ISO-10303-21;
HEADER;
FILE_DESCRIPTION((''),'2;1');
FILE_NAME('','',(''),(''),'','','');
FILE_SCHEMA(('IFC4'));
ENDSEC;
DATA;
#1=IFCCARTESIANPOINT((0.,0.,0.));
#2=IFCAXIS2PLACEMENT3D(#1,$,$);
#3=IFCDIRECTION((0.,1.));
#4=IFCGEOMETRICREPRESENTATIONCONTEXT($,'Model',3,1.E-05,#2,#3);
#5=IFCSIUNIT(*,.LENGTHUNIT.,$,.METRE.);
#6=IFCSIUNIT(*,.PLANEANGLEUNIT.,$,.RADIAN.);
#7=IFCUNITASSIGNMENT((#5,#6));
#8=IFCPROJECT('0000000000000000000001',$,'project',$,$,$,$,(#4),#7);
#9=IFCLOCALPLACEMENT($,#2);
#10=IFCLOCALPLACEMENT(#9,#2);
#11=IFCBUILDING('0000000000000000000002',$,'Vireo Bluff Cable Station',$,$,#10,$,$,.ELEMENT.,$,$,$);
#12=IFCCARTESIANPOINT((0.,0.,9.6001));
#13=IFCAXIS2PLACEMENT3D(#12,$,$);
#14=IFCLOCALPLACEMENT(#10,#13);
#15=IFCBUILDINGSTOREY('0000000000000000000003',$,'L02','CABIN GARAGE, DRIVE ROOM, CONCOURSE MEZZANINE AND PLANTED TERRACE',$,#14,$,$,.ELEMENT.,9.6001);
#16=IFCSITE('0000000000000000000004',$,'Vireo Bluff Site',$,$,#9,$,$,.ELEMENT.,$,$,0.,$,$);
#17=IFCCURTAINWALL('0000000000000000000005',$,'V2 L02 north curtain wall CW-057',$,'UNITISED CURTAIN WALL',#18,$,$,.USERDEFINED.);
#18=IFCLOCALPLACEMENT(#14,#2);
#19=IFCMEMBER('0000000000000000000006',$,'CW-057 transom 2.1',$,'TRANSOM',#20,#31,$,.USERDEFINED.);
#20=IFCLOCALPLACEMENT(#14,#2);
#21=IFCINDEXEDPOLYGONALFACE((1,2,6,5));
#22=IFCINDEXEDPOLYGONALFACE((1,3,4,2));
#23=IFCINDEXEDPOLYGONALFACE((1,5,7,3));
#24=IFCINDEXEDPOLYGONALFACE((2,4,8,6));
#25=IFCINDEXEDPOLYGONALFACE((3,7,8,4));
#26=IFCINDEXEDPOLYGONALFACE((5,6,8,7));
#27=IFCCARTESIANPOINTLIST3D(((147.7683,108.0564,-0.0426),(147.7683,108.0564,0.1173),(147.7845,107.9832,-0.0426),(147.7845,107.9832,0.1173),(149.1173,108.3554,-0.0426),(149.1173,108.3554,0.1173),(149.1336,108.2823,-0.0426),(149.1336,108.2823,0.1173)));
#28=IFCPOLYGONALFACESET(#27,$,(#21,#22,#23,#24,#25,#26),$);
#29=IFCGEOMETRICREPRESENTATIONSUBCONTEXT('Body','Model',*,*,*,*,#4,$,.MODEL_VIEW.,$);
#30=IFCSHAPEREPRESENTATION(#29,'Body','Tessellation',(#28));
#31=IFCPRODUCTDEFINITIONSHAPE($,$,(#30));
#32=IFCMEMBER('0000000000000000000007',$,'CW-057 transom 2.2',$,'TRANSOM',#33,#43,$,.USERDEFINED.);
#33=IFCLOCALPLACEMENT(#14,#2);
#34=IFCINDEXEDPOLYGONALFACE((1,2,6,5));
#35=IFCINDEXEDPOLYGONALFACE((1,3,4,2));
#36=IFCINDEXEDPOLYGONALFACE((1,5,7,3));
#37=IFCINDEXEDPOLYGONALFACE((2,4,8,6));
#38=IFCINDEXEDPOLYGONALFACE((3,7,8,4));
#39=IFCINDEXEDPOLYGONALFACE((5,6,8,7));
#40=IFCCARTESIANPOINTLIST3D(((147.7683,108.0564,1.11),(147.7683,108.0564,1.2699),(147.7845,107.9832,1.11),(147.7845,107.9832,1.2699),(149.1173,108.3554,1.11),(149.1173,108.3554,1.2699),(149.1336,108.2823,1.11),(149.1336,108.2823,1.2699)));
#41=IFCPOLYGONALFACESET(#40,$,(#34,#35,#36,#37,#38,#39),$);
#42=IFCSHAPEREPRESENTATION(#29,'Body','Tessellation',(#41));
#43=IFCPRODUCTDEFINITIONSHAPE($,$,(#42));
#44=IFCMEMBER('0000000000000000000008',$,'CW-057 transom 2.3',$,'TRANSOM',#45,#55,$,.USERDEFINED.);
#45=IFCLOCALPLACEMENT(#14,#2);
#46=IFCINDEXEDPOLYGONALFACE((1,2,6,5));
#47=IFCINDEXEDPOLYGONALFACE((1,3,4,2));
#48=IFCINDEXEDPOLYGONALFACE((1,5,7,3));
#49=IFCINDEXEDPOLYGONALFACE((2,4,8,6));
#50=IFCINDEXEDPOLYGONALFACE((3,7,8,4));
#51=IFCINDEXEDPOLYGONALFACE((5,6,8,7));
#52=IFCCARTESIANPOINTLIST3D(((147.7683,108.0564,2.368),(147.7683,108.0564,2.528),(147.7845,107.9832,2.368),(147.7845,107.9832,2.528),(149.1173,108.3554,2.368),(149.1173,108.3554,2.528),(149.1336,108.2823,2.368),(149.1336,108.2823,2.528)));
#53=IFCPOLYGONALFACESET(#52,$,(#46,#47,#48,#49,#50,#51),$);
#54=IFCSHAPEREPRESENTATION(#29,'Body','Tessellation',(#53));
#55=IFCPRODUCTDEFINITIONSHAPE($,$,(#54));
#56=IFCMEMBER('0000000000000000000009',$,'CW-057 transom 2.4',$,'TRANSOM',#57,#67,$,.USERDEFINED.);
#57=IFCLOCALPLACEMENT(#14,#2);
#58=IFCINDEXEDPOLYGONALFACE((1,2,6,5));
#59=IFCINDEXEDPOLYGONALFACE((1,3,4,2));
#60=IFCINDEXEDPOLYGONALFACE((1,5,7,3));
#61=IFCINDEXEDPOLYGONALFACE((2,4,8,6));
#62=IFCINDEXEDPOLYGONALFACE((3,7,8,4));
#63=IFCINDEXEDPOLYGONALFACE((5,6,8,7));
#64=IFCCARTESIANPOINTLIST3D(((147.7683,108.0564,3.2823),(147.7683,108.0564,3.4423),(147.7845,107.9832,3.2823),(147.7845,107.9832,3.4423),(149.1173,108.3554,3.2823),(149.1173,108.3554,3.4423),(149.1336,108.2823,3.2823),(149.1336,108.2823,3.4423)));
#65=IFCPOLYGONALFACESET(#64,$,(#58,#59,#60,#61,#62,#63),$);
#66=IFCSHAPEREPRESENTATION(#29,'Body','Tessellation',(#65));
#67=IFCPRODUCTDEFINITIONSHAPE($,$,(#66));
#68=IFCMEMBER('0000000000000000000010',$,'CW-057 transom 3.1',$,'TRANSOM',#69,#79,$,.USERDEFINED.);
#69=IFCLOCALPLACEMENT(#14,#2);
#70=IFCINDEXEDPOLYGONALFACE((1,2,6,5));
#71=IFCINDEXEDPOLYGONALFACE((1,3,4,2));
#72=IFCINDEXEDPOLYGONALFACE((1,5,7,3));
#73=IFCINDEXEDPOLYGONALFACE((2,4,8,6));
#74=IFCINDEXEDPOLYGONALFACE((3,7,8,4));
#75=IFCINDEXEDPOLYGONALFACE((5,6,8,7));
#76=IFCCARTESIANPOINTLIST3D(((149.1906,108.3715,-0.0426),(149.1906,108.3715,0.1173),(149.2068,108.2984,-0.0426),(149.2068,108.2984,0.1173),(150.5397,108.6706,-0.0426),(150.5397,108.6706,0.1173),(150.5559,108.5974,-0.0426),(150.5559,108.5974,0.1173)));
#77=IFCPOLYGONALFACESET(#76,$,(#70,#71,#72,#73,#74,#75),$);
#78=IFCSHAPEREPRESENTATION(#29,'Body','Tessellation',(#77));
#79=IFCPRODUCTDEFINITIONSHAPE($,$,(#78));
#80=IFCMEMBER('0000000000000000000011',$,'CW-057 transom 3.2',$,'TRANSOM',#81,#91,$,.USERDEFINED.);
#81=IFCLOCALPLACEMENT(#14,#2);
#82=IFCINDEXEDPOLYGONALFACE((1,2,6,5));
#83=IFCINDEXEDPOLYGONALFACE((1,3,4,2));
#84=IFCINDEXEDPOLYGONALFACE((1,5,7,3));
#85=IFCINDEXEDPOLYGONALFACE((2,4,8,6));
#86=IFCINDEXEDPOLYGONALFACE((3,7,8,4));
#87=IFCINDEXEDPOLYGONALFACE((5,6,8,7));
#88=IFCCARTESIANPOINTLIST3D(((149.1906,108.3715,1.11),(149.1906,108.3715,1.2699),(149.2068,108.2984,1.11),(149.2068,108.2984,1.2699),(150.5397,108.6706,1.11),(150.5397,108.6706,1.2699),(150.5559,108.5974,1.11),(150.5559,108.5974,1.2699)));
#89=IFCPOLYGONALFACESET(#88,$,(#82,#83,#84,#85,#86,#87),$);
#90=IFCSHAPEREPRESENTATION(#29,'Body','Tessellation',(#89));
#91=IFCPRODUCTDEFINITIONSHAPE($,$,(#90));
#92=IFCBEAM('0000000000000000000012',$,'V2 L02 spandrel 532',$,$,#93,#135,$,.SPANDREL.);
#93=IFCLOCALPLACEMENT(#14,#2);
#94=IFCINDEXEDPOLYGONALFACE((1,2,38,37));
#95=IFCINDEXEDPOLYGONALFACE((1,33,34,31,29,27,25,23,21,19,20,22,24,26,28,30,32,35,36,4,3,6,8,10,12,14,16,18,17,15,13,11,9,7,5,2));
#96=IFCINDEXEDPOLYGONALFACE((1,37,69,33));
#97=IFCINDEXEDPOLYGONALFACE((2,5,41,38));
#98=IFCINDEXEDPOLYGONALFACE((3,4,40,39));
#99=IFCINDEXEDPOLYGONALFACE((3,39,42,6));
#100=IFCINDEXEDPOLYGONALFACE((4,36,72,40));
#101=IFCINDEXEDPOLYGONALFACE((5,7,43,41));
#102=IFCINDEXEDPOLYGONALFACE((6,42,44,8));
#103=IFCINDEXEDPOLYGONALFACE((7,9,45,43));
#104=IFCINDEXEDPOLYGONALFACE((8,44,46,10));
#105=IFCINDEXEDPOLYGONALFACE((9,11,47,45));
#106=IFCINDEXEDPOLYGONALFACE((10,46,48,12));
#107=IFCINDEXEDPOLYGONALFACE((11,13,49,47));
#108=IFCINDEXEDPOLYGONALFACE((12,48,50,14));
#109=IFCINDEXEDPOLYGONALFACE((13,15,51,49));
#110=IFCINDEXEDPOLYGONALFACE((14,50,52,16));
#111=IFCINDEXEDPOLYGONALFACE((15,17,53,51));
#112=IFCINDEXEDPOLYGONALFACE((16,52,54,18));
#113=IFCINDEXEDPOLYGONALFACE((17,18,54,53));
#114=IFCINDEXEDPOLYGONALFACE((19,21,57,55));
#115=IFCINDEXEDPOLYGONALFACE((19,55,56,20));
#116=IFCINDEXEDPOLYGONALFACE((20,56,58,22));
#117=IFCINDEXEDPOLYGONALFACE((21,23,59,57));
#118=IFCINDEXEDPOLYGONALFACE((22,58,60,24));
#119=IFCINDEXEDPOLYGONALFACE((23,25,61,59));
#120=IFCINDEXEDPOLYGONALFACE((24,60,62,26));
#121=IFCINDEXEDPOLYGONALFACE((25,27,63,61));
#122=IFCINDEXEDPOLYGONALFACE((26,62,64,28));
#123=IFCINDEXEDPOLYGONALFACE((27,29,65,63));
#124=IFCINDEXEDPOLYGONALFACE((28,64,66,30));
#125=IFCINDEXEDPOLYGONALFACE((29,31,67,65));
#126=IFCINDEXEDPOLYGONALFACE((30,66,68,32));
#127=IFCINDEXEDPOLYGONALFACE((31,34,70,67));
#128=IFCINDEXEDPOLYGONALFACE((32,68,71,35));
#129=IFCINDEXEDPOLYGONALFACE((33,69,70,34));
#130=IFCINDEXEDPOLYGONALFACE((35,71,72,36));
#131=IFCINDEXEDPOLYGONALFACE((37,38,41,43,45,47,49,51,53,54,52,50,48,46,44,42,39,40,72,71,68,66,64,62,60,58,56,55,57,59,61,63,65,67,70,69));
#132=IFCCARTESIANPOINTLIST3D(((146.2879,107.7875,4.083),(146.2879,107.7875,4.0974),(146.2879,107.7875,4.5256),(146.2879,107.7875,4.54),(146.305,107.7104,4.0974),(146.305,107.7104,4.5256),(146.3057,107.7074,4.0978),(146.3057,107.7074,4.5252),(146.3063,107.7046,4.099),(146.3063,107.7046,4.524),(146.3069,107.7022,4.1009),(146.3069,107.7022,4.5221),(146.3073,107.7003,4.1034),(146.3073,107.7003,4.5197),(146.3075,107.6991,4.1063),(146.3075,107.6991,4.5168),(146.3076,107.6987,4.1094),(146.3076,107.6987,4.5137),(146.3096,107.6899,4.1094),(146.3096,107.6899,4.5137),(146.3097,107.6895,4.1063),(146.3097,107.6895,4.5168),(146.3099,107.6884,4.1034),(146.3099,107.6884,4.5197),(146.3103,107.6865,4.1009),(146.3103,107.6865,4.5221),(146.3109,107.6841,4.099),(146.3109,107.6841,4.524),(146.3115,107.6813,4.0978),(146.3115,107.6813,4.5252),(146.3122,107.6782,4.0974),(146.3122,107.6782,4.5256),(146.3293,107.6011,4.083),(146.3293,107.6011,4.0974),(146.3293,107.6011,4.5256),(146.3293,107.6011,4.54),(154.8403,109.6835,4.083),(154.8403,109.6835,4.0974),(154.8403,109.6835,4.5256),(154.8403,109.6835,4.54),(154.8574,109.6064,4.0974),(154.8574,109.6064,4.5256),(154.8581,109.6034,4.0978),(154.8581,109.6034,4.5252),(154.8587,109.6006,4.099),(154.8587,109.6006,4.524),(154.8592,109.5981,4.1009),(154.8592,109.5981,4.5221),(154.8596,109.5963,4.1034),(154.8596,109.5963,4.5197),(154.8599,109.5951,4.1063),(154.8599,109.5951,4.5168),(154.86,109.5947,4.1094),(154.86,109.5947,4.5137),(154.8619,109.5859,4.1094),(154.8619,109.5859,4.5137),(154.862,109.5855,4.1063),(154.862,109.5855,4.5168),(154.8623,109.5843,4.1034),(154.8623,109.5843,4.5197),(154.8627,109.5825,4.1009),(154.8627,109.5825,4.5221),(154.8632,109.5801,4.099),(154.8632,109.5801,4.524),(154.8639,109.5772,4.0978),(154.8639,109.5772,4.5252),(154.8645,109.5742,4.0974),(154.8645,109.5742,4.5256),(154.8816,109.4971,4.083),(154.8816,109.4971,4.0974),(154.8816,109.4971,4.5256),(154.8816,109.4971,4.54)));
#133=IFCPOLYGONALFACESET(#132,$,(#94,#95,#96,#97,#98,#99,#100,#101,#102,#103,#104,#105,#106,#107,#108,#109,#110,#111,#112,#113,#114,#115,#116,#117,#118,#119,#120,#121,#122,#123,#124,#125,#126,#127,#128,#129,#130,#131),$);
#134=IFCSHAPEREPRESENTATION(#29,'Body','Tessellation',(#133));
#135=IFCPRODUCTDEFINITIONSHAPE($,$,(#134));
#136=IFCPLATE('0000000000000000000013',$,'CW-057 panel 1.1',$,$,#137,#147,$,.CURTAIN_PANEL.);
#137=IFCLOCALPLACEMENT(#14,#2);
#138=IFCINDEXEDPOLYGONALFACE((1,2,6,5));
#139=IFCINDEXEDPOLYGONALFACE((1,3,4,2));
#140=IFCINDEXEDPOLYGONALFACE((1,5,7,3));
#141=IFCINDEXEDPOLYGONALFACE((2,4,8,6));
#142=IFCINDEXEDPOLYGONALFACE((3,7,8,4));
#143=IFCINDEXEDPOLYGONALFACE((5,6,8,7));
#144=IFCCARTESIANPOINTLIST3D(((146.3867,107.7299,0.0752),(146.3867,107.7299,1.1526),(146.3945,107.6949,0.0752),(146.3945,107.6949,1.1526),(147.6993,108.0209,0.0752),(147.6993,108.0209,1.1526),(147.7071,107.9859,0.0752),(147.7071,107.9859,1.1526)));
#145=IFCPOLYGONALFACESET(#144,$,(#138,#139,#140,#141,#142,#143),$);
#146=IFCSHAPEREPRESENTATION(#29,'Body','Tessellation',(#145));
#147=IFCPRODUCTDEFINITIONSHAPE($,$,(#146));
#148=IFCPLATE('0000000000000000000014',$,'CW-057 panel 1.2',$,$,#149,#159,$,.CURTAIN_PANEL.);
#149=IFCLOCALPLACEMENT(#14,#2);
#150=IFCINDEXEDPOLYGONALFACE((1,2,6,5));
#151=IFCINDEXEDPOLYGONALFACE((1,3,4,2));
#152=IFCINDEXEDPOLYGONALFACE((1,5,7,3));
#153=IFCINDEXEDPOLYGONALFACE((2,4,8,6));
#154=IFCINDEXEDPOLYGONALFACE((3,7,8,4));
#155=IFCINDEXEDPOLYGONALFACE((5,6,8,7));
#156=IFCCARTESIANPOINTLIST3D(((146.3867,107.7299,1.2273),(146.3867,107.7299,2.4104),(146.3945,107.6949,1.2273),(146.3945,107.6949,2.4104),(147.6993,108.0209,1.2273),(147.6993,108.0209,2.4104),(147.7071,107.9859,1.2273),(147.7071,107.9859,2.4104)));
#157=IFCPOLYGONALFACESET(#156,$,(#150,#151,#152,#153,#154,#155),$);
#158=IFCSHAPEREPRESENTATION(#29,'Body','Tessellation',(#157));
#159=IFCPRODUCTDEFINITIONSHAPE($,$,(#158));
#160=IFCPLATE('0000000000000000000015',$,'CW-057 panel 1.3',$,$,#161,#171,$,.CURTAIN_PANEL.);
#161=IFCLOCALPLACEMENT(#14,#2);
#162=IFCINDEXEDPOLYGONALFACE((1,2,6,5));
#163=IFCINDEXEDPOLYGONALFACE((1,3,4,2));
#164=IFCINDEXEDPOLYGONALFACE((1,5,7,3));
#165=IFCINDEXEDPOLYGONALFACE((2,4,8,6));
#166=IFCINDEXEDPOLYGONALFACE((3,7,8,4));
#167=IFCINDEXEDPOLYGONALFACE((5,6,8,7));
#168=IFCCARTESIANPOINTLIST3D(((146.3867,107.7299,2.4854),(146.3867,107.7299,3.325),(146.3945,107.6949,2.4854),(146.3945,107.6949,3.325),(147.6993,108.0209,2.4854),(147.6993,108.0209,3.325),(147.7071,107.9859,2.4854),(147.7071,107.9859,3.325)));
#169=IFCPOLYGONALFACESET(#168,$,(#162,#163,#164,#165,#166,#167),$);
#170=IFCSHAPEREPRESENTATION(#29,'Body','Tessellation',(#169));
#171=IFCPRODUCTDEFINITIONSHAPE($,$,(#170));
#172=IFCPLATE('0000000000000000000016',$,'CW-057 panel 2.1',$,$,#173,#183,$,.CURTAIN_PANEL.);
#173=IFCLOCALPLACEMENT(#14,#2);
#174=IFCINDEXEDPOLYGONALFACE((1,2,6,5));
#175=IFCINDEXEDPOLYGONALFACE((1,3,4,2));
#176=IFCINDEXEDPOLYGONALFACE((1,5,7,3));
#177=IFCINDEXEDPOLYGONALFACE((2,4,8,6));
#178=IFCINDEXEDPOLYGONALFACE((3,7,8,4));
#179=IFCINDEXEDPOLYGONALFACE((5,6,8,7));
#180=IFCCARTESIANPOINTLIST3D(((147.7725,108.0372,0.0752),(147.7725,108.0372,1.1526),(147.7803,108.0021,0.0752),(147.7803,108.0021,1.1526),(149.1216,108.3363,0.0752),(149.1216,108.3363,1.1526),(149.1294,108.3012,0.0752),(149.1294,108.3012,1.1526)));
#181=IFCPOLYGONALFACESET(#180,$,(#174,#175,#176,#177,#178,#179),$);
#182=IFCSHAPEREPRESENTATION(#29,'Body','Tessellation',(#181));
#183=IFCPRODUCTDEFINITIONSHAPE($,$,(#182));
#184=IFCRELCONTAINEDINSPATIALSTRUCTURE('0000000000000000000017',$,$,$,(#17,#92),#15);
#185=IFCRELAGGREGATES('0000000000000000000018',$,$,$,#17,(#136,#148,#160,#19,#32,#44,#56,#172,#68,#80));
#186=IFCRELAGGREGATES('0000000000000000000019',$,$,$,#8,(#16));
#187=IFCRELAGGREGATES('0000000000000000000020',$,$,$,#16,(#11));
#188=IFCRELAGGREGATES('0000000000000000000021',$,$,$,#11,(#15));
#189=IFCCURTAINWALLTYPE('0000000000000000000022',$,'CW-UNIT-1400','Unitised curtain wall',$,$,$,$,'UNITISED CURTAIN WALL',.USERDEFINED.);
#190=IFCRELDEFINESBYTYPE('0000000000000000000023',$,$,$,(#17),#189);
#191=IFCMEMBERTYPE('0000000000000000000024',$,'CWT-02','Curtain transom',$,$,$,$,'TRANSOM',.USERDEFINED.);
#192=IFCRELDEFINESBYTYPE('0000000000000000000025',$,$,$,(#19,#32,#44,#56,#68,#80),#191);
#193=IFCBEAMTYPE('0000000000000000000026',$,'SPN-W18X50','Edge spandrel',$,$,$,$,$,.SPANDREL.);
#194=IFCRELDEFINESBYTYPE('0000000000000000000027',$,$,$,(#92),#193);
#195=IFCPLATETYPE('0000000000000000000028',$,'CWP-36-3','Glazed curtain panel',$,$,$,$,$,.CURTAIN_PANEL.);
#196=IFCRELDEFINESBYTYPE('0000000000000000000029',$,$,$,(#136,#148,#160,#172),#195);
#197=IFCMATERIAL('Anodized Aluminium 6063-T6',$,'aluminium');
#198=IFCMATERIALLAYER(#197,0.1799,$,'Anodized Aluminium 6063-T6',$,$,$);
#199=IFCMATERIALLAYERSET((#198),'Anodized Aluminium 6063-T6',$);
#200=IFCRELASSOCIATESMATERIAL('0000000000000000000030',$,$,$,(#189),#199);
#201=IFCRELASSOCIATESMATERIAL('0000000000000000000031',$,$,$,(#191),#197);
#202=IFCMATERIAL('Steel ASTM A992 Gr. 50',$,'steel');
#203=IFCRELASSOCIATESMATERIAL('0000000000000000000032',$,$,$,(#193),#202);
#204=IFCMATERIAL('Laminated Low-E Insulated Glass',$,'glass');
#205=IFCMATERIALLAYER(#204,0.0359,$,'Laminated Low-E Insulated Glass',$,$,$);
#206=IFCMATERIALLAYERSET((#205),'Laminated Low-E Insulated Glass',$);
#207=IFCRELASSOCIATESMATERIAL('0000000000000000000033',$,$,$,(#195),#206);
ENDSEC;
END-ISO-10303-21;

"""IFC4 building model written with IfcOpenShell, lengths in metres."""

from ifc_helpers import new_model, si_unit, direction, frame, origin, origin_2d, place, context, subcontext, project, spatial, rectangle, i_section, extrude, material, layer, layer_set, material_profile, profile_set, type_object, element, aggregate, save


model = new_model("IFC4")

# Units and contexts
model_context = context("Model", 3, precision=1e-05, world=origin(), true_north=direction((0.0, 1.0)))
body_context = subcontext(model_context, "Body", "Model", "MODEL_VIEW")
ifc_project = project(units=[si_unit("LENGTHUNIT", "METRE"), si_unit("PLANEANGLEUNIT", "RADIAN")], contexts=[model_context])

# Site, building, storey
site_placement = place(None, origin())
site = spatial("IfcSite", under=ifc_project, at=site_placement, Name="Vireo Bluff Site", CompositionType="ELEMENT", RefElevation=0.0)
building_placement = place(site_placement, origin())
building = spatial("IfcBuilding", under=site, at=building_placement, Name="Vireo Bluff Cable Station", CompositionType="ELEMENT")
storey_placement = place(building_placement, frame((0.0, 0.0, 9.6001)))
storey = spatial("IfcBuildingStorey", under=building, at=storey_placement, Name="L02", Description="CABIN GARAGE, DRIVE ROOM, CONCOURSE MEZZANINE AND PLANTED TERRACE", CompositionType="ELEMENT", Elevation=9.6001)

# Shared definitions
ifc_material_1 = material(Name="Steel ASTM A992 Gr. 50", Category="steel")

# Curtain wall, members
ifc_material_2 = material(Name="Anodized Aluminium 6063-T6", Category="aluminium")
ifc_layer_1 = layer(ifc_material_2, 0.1799, Name="Anodized Aluminium 6063-T6")
ifc_layer_set_1 = layer_set([ifc_layer_1], Name="Anodized Aluminium 6063-T6")
curtain_wall_type = type_object("IfcCurtainWallType", Name="CW-UNIT-1400", Description="Unitised curtain wall", ElementType="UNITISED CURTAIN WALL", PredefinedType="USERDEFINED", material=ifc_layer_set_1)
curtain_wall_placement = place(storey_placement, origin())
curtain_wall = element("IfcCurtainWall", 1, at=curtain_wall_placement, inside=storey, type_object=curtain_wall_type, Name="V2 L02 north curtain wall CW-057", ObjectType="UNITISED CURTAIN WALL", PredefinedType="USERDEFINED")
ifc_material_profile_1 = material_profile(ifc_material_2, rectangle(XDim=0.075, YDim=0.1599, at=origin_2d()), Name="ALU-T-75X160")
ifc_profile_set_1 = profile_set([ifc_material_profile_1], Name="Anodized Aluminium 6063-T6")
member_type_1 = type_object("IfcMemberType", Name="CWT-02", Description="Curtain transom", ElementType="TRANSOM", PredefinedType="USERDEFINED", material=ifc_profile_set_1)
member_1_placement = place(storey_placement, frame((147.7764, 108.0198, 0.0374), z_axis=(0.976299, 0.216425, 0.0), x_axis=(-0.216425, 0.976299, 0.0)))
member_1 = element("IfcMember", 2, at=member_1_placement, type_object=member_type_1, Name="CW-057 transom 2.1", ObjectType="TRANSOM", PredefinedType="USERDEFINED", context=body_context, shape_type="SweptSolid", body=[
    extrude(rectangle(XDim=0.075, YDim=0.1599, at=origin_2d()), origin(), (0.0, 0.0, 1.0), 1.3818),
])
member_2_placement = place(storey_placement, frame((147.7764, 108.0198, 1.1899), z_axis=(0.976299, 0.216425, 0.0), x_axis=(-0.216425, 0.976299, 0.0)))
member_2 = element("IfcMember", 3, at=member_2_placement, type_object=member_type_1, Name="CW-057 transom 2.2", ObjectType="TRANSOM", PredefinedType="USERDEFINED", context=body_context, shape_type="SweptSolid", body=[
    extrude(rectangle(XDim=0.075, YDim=0.1599, at=origin_2d()), origin(), (0.0, 0.0, 1.0), 1.3818),
])
member_3_placement = place(storey_placement, frame((147.7764, 108.0198, 2.448), z_axis=(0.976299, 0.216425, 0.0), x_axis=(-0.216425, 0.976299, 0.0)))
member_3 = element("IfcMember", 4, at=member_3_placement, type_object=member_type_1, Name="CW-057 transom 2.3", ObjectType="TRANSOM", PredefinedType="USERDEFINED", context=body_context, shape_type="SweptSolid", body=[
    extrude(rectangle(XDim=0.075, YDim=0.1599, at=origin_2d()), origin(), (0.0, 0.0, 1.0), 1.3818),
])
member_4_placement = place(storey_placement, frame((147.7764, 108.0198, 3.3623), z_axis=(0.976299, 0.216425, 0.0), x_axis=(-0.216425, 0.976299, 0.0)))
member_4 = element("IfcMember", 5, at=member_4_placement, type_object=member_type_1, Name="CW-057 transom 2.4", ObjectType="TRANSOM", PredefinedType="USERDEFINED", context=body_context, shape_type="SweptSolid", body=[
    extrude(rectangle(XDim=0.075, YDim=0.1599, at=origin_2d()), origin(), (0.0, 0.0, 1.0), 1.3818),
])
member_5_placement = place(storey_placement, frame((149.1987, 108.335, 0.0374), z_axis=(0.976299, 0.216425, 0.0), x_axis=(-0.216425, 0.976299, 0.0)))
member_5 = element("IfcMember", 6, at=member_5_placement, type_object=member_type_1, Name="CW-057 transom 3.1", ObjectType="TRANSOM", PredefinedType="USERDEFINED", context=body_context, shape_type="SweptSolid", body=[
    extrude(rectangle(XDim=0.075, YDim=0.1599, at=origin_2d()), origin(), (0.0, 0.0, 1.0), 1.3818),
])
member_6_placement = place(storey_placement, frame((149.1987, 108.335, 1.1899), z_axis=(0.976299, 0.216425, 0.0), x_axis=(-0.216425, 0.976299, 0.0)))
member_6 = element("IfcMember", 7, at=member_6_placement, type_object=member_type_1, Name="CW-057 transom 3.2", ObjectType="TRANSOM", PredefinedType="USERDEFINED", context=body_context, shape_type="SweptSolid", body=[
    extrude(rectangle(XDim=0.075, YDim=0.1599, at=origin_2d()), origin(), (0.0, 0.0, 1.0), 1.3818),
])

# Beam
ifc_material_profile_2 = material_profile(ifc_material_1, i_section(OverallWidth=0.1909, OverallDepth=0.457, WebThickness=0.009, FlangeThickness=0.0144, FilletRadius=0.012, at=origin_2d()), Name="W18X50")
ifc_profile_set_2 = profile_set([ifc_material_profile_2], Name="Steel ASTM A992 Gr. 50")
beam_type = type_object("IfcBeamType", Name="SPN-W18X50", Description="Edge spandrel", PredefinedType="SPANDREL", material=ifc_profile_set_2)
beam_placement = place(storey_placement, frame((146.3086, 107.6943, 4.3115), z_axis=(0.976297, 0.216435, 0.0), x_axis=(-0.216435, 0.976297, 0.0)))
element("IfcBeam", 8, at=beam_placement, inside=storey, type_object=beam_type, Name="V2 L02 spandrel 532", PredefinedType="SPANDREL", context=body_context, shape_type="SweptSolid", body=[
    extrude(i_section(OverallWidth=0.1909, OverallDepth=0.457, WebThickness=0.009, FlangeThickness=0.0144, FilletRadius=0.012, at=origin_2d()), origin(), (0.0, 0.0, 1.0), 8.76),
])

# Plates
ifc_material_3 = material(Name="Laminated Low-E Insulated Glass", Category="glass")
ifc_layer_2 = layer(ifc_material_3, 0.0359, Name="Laminated Low-E Insulated Glass")
ifc_layer_set_2 = layer_set([ifc_layer_2], Name="Laminated Low-E Insulated Glass")
plate_type_1 = type_object("IfcPlateType", Name="CWP-36-3", Description="Glazed curtain panel", PredefinedType="CURTAIN_PANEL", material=ifc_layer_set_2)
plate_1_placement = place(storey_placement, frame((147.0469, 107.8579, 0.0752), z_axis=(0.0, 0.0, 1.0), x_axis=(0.976296, 0.21644, 0.0)))
plate_1 = element("IfcPlate", 9, at=plate_1_placement, type_object=plate_type_1, Name="CW-057 panel 1.1", PredefinedType="CURTAIN_PANEL", context=body_context, shape_type="SweptSolid", body=[
    extrude(rectangle(XDim=1.3445, YDim=0.0359, at=origin_2d()), origin(), (0.0, 0.0, 1.0), 1.0774),
])
plate_2_placement = place(storey_placement, frame((147.0469, 107.8579, 1.2273), z_axis=(0.0, 0.0, 1.0), x_axis=(0.976296, 0.21644, 0.0)))
plate_2 = element("IfcPlate", 10, at=plate_2_placement, type_object=plate_type_1, Name="CW-057 panel 1.2", PredefinedType="CURTAIN_PANEL", context=body_context, shape_type="SweptSolid", body=[
    extrude(rectangle(XDim=1.3445, YDim=0.0359, at=origin_2d()), origin(), (0.0, 0.0, 1.0), 1.1831),
])
plate_3_placement = place(storey_placement, frame((147.0469, 107.8579, 2.4854), z_axis=(0.0, 0.0, 1.0), x_axis=(0.976296, 0.21644, 0.0)))
plate_3 = element("IfcPlate", 11, at=plate_3_placement, type_object=plate_type_1, Name="CW-057 panel 1.3", PredefinedType="CURTAIN_PANEL", context=body_context, shape_type="SweptSolid", body=[
    extrude(rectangle(XDim=1.3445, YDim=0.0359, at=origin_2d()), origin(), (0.0, 0.0, 1.0), 0.8396),
])
plate_4_placement = place(storey_placement, frame((148.4509, 108.1692, 0.0752), z_axis=(0.0, 0.0, 1.0), x_axis=(0.976296, 0.21644, 0.0)))
plate_4 = element("IfcPlate", 12, at=plate_4_placement, type_object=plate_type_1, Name="CW-057 panel 2.1", PredefinedType="CURTAIN_PANEL", context=body_context, shape_type="SweptSolid", body=[
    extrude(rectangle(XDim=1.3818, YDim=0.0359, at=origin_2d()), origin(), (0.0, 0.0, 1.0), 1.0774),
])
aggregate(curtain_wall, [plate_1, plate_2, plate_3, member_1, member_2, member_3, member_4, plate_4, member_5, member_6])

save(model, "model.ifc")
